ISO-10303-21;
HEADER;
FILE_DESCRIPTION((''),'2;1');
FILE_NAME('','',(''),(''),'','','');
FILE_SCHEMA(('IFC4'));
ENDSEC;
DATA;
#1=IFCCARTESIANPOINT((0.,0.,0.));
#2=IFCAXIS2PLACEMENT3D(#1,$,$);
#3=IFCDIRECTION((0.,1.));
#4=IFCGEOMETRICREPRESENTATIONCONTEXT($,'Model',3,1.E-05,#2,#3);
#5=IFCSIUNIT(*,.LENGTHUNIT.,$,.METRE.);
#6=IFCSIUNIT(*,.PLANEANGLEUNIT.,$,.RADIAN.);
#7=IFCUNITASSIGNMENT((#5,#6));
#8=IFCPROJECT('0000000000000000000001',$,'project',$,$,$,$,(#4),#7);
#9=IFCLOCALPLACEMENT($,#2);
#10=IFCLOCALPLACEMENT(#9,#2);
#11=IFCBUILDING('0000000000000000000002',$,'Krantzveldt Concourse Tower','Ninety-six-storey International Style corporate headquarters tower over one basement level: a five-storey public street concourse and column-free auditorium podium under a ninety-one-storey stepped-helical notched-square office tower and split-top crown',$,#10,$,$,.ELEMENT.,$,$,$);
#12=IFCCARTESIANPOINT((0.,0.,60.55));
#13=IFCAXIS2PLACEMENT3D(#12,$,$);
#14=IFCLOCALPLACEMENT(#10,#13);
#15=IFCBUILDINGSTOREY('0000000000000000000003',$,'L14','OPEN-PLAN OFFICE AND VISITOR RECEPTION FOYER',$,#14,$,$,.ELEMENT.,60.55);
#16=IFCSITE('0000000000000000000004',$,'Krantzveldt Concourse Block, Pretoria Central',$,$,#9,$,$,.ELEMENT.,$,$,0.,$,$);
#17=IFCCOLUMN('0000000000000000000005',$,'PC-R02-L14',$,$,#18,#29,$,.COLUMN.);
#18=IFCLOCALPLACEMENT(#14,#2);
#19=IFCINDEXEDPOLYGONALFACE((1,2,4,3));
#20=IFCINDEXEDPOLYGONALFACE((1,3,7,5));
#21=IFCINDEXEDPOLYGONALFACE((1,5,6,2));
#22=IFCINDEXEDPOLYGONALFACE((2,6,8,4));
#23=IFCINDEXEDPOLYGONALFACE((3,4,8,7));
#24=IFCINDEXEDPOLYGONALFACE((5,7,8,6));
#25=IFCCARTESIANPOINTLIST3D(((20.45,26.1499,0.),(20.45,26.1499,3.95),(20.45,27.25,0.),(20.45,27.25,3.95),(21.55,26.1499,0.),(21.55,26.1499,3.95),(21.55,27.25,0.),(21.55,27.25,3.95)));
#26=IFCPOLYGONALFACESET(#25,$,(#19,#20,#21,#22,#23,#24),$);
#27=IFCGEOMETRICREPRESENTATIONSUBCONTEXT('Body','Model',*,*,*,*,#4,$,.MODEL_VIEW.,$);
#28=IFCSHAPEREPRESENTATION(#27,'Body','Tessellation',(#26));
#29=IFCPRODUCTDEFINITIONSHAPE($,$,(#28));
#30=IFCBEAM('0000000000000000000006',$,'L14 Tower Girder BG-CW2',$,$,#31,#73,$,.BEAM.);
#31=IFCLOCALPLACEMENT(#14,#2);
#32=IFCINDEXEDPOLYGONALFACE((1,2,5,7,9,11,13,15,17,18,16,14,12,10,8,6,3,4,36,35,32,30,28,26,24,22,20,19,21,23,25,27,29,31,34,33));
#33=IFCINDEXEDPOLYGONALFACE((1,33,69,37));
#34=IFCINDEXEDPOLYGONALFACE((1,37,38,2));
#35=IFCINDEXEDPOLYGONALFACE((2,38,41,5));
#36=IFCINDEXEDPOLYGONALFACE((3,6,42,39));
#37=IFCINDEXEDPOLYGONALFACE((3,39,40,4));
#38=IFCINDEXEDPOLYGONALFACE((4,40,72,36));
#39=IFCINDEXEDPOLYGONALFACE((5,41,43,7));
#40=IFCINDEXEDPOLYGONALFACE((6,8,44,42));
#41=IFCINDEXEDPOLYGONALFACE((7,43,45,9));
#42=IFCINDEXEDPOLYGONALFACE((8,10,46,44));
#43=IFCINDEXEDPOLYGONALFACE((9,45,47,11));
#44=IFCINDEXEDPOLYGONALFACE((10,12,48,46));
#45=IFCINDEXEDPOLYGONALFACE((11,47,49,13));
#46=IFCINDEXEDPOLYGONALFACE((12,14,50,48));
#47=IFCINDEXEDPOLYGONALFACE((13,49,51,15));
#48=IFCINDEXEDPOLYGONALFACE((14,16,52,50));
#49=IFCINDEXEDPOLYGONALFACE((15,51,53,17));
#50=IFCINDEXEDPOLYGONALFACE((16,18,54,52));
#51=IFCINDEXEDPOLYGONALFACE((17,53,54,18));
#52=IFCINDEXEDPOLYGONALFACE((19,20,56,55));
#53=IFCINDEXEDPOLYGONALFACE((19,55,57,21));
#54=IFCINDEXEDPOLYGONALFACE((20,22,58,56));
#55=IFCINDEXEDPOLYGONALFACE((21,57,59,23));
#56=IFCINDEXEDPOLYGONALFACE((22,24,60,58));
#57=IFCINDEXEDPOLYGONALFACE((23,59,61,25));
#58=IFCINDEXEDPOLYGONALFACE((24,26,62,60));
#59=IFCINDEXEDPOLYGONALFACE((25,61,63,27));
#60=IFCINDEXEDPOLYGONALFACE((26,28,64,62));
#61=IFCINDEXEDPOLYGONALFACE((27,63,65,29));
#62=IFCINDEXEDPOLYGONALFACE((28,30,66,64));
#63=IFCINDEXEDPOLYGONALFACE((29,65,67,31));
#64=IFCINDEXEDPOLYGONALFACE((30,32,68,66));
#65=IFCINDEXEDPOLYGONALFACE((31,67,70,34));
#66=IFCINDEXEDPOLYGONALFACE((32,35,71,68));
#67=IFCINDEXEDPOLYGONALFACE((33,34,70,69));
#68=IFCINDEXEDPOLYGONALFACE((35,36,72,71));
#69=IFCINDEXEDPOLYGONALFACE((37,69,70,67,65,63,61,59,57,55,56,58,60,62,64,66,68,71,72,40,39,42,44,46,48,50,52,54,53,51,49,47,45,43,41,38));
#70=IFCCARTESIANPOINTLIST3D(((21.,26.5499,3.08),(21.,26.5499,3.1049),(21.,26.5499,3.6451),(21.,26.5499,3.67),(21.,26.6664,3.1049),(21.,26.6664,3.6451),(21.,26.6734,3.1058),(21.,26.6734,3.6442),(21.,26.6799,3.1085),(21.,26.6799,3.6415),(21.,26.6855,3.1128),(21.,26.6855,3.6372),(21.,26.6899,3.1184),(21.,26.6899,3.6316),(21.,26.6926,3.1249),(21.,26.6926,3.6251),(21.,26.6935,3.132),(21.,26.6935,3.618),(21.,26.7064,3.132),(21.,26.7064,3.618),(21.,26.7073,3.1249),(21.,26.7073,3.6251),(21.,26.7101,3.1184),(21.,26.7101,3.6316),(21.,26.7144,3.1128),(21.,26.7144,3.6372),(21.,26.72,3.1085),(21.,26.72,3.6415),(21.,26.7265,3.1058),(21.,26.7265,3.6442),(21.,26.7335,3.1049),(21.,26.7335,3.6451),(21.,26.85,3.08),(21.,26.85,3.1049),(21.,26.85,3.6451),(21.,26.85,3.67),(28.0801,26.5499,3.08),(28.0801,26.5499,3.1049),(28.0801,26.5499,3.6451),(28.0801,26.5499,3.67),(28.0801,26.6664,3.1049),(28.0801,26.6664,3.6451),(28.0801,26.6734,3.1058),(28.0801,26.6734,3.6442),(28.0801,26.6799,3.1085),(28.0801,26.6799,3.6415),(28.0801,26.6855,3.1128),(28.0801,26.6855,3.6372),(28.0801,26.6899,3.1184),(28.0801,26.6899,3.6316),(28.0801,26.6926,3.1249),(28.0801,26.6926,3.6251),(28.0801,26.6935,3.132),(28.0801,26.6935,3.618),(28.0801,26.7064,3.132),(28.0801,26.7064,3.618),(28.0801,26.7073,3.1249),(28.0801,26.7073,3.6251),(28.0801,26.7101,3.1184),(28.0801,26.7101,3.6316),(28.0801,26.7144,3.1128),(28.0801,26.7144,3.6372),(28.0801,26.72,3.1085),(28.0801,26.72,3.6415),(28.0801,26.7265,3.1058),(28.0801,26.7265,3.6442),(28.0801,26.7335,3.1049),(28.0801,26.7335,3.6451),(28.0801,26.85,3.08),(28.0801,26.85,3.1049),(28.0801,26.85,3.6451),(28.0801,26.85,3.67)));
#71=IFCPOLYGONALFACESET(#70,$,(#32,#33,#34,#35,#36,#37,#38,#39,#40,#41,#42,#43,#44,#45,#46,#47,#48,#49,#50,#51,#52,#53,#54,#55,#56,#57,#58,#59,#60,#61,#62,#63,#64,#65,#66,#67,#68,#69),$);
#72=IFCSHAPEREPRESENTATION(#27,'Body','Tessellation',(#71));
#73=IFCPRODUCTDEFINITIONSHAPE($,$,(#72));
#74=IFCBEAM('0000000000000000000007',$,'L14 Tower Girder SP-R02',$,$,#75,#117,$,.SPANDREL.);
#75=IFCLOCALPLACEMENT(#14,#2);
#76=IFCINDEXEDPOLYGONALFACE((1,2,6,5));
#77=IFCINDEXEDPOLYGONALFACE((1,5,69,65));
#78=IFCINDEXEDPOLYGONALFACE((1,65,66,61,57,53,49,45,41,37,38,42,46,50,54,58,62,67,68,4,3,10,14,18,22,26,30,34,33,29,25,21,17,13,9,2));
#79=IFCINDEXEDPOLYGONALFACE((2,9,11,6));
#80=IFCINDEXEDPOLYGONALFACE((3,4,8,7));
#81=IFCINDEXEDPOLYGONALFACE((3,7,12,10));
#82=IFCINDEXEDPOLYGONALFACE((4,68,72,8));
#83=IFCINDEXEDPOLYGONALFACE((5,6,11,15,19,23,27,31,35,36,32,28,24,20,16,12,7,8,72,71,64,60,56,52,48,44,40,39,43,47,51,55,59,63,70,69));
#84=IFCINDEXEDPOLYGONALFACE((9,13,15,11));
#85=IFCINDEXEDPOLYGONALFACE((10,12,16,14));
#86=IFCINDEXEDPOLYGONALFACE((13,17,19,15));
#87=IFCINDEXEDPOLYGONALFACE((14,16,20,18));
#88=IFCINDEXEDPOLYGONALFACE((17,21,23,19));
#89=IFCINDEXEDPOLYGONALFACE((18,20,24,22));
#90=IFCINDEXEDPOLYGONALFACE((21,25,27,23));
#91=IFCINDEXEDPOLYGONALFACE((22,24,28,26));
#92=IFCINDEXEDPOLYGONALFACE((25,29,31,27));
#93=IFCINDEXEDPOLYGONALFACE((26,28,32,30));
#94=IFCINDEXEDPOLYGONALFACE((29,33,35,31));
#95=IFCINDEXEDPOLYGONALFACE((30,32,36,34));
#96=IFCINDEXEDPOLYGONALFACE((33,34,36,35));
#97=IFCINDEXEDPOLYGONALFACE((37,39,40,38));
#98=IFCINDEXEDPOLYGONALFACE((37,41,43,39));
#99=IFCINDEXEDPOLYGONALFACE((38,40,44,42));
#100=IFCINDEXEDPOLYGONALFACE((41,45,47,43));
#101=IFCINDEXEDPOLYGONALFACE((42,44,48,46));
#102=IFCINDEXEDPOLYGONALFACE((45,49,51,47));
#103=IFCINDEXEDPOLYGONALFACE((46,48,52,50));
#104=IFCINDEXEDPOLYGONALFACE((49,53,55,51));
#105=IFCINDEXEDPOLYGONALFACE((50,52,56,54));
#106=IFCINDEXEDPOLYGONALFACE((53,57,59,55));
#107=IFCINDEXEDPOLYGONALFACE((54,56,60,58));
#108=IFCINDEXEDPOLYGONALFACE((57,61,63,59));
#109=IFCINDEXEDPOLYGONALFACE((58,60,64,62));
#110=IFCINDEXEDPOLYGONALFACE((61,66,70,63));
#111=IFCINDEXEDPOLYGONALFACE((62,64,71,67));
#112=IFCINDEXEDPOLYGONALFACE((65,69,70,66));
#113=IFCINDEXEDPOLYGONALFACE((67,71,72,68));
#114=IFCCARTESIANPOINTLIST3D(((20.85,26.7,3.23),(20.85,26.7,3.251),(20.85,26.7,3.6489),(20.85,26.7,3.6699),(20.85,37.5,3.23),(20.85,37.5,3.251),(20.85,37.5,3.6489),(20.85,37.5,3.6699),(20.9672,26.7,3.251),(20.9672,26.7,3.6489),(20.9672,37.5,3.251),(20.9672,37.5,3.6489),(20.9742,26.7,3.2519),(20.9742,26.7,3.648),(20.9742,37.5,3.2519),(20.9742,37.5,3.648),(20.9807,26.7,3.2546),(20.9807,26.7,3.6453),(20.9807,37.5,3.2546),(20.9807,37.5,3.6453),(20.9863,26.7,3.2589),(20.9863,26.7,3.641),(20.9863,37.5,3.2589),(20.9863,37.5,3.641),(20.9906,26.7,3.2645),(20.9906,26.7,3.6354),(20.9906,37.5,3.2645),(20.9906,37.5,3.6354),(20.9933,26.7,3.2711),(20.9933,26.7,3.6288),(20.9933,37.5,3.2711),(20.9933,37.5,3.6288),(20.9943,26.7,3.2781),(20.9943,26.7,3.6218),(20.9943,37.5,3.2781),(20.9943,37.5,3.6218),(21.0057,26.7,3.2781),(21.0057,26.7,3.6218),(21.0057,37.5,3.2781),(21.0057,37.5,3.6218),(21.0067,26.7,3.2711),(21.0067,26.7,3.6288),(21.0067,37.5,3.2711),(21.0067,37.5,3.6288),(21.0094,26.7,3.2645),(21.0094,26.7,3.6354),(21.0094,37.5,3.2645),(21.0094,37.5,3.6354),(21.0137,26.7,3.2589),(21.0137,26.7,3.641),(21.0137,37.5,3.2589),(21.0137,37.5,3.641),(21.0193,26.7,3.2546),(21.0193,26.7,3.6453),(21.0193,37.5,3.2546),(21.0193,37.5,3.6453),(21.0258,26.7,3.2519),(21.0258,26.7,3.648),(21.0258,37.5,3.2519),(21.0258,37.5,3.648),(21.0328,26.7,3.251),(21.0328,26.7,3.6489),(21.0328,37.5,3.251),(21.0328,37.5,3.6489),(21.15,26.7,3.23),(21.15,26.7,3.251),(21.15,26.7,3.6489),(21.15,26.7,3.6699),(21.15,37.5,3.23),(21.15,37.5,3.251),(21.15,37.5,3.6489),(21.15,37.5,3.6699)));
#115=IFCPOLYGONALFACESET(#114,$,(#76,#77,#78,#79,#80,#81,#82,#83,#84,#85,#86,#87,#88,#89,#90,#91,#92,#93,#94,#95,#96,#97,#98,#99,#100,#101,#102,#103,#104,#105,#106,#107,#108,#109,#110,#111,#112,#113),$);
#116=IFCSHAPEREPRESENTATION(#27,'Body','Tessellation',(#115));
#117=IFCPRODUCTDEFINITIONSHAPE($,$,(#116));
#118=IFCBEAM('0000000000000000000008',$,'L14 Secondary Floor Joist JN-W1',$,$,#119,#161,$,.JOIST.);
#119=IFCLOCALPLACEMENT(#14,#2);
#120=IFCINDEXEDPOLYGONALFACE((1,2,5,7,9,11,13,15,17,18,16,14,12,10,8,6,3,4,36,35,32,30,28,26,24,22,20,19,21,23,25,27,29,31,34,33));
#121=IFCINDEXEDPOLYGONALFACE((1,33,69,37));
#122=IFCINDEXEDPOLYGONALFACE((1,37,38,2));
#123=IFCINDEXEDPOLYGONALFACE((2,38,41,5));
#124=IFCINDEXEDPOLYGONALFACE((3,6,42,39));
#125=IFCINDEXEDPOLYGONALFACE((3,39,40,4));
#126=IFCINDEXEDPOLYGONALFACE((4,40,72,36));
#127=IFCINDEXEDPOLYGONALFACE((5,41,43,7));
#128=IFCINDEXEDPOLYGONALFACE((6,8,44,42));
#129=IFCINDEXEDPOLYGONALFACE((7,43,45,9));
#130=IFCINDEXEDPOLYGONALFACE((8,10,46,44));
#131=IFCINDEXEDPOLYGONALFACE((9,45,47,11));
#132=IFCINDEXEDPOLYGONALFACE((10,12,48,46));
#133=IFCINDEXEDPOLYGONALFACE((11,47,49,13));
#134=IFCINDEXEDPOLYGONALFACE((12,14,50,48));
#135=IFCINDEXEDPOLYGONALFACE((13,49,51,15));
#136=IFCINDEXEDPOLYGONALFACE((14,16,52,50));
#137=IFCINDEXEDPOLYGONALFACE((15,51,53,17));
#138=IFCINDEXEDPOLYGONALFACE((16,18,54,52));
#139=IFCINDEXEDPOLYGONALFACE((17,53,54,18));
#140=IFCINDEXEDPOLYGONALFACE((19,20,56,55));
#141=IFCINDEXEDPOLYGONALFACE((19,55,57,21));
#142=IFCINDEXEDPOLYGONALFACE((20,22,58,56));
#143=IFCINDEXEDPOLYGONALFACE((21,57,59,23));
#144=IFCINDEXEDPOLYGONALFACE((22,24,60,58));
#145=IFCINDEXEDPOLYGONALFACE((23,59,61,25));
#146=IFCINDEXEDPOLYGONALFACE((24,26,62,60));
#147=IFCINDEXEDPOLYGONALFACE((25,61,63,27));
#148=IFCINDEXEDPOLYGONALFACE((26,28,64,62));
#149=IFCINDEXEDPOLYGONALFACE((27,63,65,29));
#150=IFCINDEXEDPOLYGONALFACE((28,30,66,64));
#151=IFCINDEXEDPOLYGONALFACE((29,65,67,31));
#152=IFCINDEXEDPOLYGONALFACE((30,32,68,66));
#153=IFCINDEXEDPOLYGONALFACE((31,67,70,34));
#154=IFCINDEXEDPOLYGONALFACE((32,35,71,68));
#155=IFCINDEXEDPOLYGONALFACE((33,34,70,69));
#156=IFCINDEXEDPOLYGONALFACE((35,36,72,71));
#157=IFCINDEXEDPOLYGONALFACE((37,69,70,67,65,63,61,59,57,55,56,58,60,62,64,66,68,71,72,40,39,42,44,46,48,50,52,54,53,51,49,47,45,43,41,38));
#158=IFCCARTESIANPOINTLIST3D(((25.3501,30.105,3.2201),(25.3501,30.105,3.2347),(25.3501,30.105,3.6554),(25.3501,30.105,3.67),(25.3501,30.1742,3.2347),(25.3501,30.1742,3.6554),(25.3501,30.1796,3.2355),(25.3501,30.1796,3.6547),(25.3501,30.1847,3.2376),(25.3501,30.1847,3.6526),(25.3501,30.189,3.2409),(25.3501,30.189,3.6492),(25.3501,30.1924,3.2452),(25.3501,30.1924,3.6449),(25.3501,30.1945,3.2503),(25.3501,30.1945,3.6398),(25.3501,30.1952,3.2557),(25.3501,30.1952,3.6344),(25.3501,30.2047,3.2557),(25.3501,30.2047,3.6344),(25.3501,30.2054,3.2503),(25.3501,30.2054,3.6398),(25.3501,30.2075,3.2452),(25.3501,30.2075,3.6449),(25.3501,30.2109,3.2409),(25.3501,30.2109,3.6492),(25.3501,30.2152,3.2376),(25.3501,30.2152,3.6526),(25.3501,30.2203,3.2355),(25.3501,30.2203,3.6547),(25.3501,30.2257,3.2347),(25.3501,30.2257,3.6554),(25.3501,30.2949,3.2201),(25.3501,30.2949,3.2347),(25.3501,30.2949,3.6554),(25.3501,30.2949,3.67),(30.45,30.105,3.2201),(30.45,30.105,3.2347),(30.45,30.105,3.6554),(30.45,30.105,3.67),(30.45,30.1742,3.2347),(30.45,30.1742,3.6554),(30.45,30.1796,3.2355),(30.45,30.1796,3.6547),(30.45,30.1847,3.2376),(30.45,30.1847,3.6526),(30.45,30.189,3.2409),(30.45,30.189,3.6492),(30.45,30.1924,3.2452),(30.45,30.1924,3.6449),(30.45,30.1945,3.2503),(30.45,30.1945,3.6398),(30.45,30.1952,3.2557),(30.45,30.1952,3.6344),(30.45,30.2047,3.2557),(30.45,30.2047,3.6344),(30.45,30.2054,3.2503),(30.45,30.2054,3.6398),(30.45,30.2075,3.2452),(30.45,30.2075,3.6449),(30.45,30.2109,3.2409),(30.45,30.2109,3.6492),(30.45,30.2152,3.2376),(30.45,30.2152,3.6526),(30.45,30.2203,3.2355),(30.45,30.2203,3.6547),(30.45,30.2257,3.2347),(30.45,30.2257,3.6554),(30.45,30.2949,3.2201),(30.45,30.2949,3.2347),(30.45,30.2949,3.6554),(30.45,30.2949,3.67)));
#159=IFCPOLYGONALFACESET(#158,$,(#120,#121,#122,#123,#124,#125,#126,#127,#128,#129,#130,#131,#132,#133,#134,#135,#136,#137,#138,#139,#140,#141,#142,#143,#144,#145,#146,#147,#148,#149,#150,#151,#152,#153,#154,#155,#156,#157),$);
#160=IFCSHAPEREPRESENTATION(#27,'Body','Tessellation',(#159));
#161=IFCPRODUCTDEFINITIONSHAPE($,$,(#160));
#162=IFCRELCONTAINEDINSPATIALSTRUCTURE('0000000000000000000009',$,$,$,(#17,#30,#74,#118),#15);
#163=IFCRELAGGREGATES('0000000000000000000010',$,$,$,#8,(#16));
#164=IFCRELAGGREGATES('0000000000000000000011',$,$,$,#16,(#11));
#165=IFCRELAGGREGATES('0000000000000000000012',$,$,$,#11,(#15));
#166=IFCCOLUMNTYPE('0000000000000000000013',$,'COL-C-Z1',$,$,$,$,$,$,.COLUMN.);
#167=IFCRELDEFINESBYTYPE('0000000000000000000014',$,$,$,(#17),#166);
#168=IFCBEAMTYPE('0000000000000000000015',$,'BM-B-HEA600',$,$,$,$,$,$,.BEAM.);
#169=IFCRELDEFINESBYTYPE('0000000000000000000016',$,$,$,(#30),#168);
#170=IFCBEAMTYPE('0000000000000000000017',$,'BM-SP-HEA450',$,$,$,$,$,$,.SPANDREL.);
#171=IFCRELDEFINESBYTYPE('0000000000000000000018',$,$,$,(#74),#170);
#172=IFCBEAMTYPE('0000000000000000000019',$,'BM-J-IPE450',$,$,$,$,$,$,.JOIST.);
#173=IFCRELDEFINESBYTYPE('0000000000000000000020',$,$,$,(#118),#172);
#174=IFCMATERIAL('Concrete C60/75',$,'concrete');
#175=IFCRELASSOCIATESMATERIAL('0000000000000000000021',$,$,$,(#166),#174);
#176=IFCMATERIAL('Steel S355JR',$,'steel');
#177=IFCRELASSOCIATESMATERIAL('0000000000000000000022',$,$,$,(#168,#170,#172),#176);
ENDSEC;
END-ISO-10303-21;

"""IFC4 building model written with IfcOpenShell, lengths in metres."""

from ifc_helpers import new_model, si_unit, direction, frame, origin, origin_2d, place, context, subcontext, project, spatial, rectangle, i_section, extrude, source, transform, mapped, material, material_profile, profile_set, type_object, type_shapes, element, save


model = new_model("IFC4")

# Units and contexts
model_context = context("Model", 3, precision=1e-05, world=origin(), true_north=direction((0.0, 1.0)))
body_context = subcontext(model_context, "Body", "Model", "MODEL_VIEW")
ifc_project = project(units=[si_unit("LENGTHUNIT", "METRE"), si_unit("PLANEANGLEUNIT", "RADIAN")], contexts=[model_context])

# Site, building, storey
site_placement = place(None, origin())
site = spatial("IfcSite", under=ifc_project, at=site_placement, Name="Krantzveldt Concourse Block, Pretoria Central", CompositionType="ELEMENT", RefElevation=0.0)
building_placement = place(site_placement, origin())
building = spatial("IfcBuilding", under=site, at=building_placement, Name="Krantzveldt Concourse Tower", Description="Ninety-six-storey International Style corporate headquarters tower over one basement level: a five-storey public street concourse and column-free auditorium podium under a ninety-one-storey stepped-helical notched-square office tower and split-top crown", CompositionType="ELEMENT")
storey_placement = place(building_placement, frame((0.0, 0.0, 60.55)))
storey = spatial("IfcBuildingStorey", under=building, at=storey_placement, Name="L14", Description="OPEN-PLAN OFFICE AND VISITOR RECEPTION FOYER", CompositionType="ELEMENT", Elevation=60.55)

# Column
ifc_material_1 = material(Name="Concrete C60/75", Category="concrete")
ifc_material_profile_1 = material_profile(ifc_material_1, rectangle(XDim=1.1001, YDim=1.1001, at=origin_2d()), Name="Concrete C60/75", Category="concrete")
ifc_profile_set_1 = profile_set([ifc_material_profile_1], Name="Concrete C60/75 - RC 1100x1100")
column_type = type_object("IfcColumnType", Name="COL-C-Z1", PredefinedType="COLUMN", material=ifc_profile_set_1)
shared_shape_1 = source(origin(), body_context, "Body", "SweptSolid", [
    extrude(rectangle(XDim=1.1001, YDim=1.1001, at=origin_2d()), origin(), (0.0, 0.0, 1.0), 3.95),
])
type_shapes(column_type, [shared_shape_1])
column_placement = place(storey_placement, frame((21.0, 26.7, 0.0), z_axis=(0.0, 0.0, 1.0), x_axis=(1.0, 0.0, 0.0)))
element("IfcColumn", 1, at=column_placement, inside=storey, type_object=column_type, Name="PC-R02-L14", PredefinedType="COLUMN", context=body_context, shape_type="MappedRepresentation", body=[
    mapped(shared_shape_1, transform((0.0, 0.0, 0.0), x_axis=(1.0, 0.0, 0.0), y_axis=(0.0, 1.0, 0.0), z_axis=(0.0, 0.0, 1.0), scale=1.0)),
])

# Beams
ifc_material_2 = material(Name="Steel S355JR", Category="steel")
ifc_material_profile_2 = material_profile(ifc_material_2, i_section(OverallWidth=0.3, OverallDepth=0.5901, WebThickness=0.0129, FlangeThickness=0.0249, FilletRadius=0.0271, at=origin_2d()), Name="Steel S355JR", Category="steel")
ifc_profile_set_2 = profile_set([ifc_material_profile_2], Name="Steel S355JR - HEA 600")
beam_type_1 = type_object("IfcBeamType", Name="BM-B-HEA600", PredefinedType="BEAM", material=ifc_profile_set_2)
shared_shape_2 = source(origin(), body_context, "Body", "SweptSolid", [
    extrude(i_section(OverallWidth=0.3, OverallDepth=0.5901, WebThickness=0.0129, FlangeThickness=0.0249, FilletRadius=0.0271, at=origin_2d()), origin(), (0.0, 0.0, 1.0), 7.0801),
])
type_shapes(beam_type_1, [shared_shape_2])
beam_1_placement = place(storey_placement, frame((21.0, 26.7, 3.375), z_axis=(1.0, 0.0, 0.0), x_axis=(0.0, 1.0, 0.0)))
element("IfcBeam", 2, at=beam_1_placement, inside=storey, type_object=beam_type_1, Name="L14 Tower Girder BG-CW2", PredefinedType="BEAM", context=body_context, shape_type="MappedRepresentation", body=[
    mapped(shared_shape_2, transform((0.0, 0.0, 0.0), x_axis=(1.0, 0.0, 0.0), y_axis=(0.0, 1.0, 0.0), z_axis=(0.0, 0.0, 1.0), scale=1.0)),
])
ifc_material_profile_3 = material_profile(ifc_material_2, i_section(OverallWidth=0.3, OverallDepth=0.4399, WebThickness=0.0115, FlangeThickness=0.021, FilletRadius=0.0271, at=origin_2d()), Name="Steel S355JR", Category="steel")
ifc_profile_set_3 = profile_set([ifc_material_profile_3], Name="Steel S355JR - HEA 450")
beam_type_2 = type_object("IfcBeamType", Name="BM-SP-HEA450", PredefinedType="SPANDREL", material=ifc_profile_set_3)
shared_shape_3 = source(origin(), body_context, "Body", "SweptSolid", [
    extrude(i_section(OverallWidth=0.3, OverallDepth=0.4399, WebThickness=0.0115, FlangeThickness=0.021, FilletRadius=0.0271, at=origin_2d()), origin(), (0.0, 0.0, 1.0), 10.8),
])
type_shapes(beam_type_2, [shared_shape_3])
beam_2_placement = place(storey_placement, frame((21.0, 26.7, 3.45), z_axis=(0.0, 1.0, 0.0), x_axis=(-1.0, 0.0, 0.0)))
element("IfcBeam", 3, at=beam_2_placement, inside=storey, type_object=beam_type_2, Name="L14 Tower Girder SP-R02", PredefinedType="SPANDREL", context=body_context, shape_type="MappedRepresentation", body=[
    mapped(shared_shape_3, transform((0.0, 0.0, 0.0), x_axis=(1.0, 0.0, 0.0), y_axis=(0.0, 1.0, 0.0), z_axis=(0.0, 0.0, 1.0), scale=1.0)),
])
ifc_material_profile_4 = material_profile(ifc_material_2, i_section(OverallWidth=0.1899, OverallDepth=0.45, WebThickness=0.0095, FlangeThickness=0.0146, FilletRadius=0.021, at=origin_2d()), Name="Steel S355JR", Category="steel")
ifc_profile_set_4 = profile_set([ifc_material_profile_4], Name="Steel S355JR - IPE 450")
beam_type_3 = type_object("IfcBeamType", Name="BM-J-IPE450", PredefinedType="JOIST", material=ifc_profile_set_4)
shared_shape_4 = source(origin(), body_context, "Body", "SweptSolid", [
    extrude(i_section(OverallWidth=0.1899, OverallDepth=0.45, WebThickness=0.0095, FlangeThickness=0.0146, FilletRadius=0.021, at=origin_2d()), origin(), (0.0, 0.0, 1.0), 5.0999),
])
type_shapes(beam_type_3, [shared_shape_4])
beam_3_placement = place(storey_placement, frame((25.3501, 30.2, 3.4451), z_axis=(1.0, 0.0, 0.0), x_axis=(0.0, 1.0, 0.0)))
element("IfcBeam", 4, at=beam_3_placement, inside=storey, type_object=beam_type_3, Name="L14 Secondary Floor Joist JN-W1", PredefinedType="JOIST", context=body_context, shape_type="MappedRepresentation", body=[
    mapped(shared_shape_4, transform((0.0, 0.0, 0.0), x_axis=(1.0, 0.0, 0.0), y_axis=(0.0, 1.0, 0.0), z_axis=(0.0, 0.0, 1.0), scale=1.0)),
])

save(model, "model.ifc")
